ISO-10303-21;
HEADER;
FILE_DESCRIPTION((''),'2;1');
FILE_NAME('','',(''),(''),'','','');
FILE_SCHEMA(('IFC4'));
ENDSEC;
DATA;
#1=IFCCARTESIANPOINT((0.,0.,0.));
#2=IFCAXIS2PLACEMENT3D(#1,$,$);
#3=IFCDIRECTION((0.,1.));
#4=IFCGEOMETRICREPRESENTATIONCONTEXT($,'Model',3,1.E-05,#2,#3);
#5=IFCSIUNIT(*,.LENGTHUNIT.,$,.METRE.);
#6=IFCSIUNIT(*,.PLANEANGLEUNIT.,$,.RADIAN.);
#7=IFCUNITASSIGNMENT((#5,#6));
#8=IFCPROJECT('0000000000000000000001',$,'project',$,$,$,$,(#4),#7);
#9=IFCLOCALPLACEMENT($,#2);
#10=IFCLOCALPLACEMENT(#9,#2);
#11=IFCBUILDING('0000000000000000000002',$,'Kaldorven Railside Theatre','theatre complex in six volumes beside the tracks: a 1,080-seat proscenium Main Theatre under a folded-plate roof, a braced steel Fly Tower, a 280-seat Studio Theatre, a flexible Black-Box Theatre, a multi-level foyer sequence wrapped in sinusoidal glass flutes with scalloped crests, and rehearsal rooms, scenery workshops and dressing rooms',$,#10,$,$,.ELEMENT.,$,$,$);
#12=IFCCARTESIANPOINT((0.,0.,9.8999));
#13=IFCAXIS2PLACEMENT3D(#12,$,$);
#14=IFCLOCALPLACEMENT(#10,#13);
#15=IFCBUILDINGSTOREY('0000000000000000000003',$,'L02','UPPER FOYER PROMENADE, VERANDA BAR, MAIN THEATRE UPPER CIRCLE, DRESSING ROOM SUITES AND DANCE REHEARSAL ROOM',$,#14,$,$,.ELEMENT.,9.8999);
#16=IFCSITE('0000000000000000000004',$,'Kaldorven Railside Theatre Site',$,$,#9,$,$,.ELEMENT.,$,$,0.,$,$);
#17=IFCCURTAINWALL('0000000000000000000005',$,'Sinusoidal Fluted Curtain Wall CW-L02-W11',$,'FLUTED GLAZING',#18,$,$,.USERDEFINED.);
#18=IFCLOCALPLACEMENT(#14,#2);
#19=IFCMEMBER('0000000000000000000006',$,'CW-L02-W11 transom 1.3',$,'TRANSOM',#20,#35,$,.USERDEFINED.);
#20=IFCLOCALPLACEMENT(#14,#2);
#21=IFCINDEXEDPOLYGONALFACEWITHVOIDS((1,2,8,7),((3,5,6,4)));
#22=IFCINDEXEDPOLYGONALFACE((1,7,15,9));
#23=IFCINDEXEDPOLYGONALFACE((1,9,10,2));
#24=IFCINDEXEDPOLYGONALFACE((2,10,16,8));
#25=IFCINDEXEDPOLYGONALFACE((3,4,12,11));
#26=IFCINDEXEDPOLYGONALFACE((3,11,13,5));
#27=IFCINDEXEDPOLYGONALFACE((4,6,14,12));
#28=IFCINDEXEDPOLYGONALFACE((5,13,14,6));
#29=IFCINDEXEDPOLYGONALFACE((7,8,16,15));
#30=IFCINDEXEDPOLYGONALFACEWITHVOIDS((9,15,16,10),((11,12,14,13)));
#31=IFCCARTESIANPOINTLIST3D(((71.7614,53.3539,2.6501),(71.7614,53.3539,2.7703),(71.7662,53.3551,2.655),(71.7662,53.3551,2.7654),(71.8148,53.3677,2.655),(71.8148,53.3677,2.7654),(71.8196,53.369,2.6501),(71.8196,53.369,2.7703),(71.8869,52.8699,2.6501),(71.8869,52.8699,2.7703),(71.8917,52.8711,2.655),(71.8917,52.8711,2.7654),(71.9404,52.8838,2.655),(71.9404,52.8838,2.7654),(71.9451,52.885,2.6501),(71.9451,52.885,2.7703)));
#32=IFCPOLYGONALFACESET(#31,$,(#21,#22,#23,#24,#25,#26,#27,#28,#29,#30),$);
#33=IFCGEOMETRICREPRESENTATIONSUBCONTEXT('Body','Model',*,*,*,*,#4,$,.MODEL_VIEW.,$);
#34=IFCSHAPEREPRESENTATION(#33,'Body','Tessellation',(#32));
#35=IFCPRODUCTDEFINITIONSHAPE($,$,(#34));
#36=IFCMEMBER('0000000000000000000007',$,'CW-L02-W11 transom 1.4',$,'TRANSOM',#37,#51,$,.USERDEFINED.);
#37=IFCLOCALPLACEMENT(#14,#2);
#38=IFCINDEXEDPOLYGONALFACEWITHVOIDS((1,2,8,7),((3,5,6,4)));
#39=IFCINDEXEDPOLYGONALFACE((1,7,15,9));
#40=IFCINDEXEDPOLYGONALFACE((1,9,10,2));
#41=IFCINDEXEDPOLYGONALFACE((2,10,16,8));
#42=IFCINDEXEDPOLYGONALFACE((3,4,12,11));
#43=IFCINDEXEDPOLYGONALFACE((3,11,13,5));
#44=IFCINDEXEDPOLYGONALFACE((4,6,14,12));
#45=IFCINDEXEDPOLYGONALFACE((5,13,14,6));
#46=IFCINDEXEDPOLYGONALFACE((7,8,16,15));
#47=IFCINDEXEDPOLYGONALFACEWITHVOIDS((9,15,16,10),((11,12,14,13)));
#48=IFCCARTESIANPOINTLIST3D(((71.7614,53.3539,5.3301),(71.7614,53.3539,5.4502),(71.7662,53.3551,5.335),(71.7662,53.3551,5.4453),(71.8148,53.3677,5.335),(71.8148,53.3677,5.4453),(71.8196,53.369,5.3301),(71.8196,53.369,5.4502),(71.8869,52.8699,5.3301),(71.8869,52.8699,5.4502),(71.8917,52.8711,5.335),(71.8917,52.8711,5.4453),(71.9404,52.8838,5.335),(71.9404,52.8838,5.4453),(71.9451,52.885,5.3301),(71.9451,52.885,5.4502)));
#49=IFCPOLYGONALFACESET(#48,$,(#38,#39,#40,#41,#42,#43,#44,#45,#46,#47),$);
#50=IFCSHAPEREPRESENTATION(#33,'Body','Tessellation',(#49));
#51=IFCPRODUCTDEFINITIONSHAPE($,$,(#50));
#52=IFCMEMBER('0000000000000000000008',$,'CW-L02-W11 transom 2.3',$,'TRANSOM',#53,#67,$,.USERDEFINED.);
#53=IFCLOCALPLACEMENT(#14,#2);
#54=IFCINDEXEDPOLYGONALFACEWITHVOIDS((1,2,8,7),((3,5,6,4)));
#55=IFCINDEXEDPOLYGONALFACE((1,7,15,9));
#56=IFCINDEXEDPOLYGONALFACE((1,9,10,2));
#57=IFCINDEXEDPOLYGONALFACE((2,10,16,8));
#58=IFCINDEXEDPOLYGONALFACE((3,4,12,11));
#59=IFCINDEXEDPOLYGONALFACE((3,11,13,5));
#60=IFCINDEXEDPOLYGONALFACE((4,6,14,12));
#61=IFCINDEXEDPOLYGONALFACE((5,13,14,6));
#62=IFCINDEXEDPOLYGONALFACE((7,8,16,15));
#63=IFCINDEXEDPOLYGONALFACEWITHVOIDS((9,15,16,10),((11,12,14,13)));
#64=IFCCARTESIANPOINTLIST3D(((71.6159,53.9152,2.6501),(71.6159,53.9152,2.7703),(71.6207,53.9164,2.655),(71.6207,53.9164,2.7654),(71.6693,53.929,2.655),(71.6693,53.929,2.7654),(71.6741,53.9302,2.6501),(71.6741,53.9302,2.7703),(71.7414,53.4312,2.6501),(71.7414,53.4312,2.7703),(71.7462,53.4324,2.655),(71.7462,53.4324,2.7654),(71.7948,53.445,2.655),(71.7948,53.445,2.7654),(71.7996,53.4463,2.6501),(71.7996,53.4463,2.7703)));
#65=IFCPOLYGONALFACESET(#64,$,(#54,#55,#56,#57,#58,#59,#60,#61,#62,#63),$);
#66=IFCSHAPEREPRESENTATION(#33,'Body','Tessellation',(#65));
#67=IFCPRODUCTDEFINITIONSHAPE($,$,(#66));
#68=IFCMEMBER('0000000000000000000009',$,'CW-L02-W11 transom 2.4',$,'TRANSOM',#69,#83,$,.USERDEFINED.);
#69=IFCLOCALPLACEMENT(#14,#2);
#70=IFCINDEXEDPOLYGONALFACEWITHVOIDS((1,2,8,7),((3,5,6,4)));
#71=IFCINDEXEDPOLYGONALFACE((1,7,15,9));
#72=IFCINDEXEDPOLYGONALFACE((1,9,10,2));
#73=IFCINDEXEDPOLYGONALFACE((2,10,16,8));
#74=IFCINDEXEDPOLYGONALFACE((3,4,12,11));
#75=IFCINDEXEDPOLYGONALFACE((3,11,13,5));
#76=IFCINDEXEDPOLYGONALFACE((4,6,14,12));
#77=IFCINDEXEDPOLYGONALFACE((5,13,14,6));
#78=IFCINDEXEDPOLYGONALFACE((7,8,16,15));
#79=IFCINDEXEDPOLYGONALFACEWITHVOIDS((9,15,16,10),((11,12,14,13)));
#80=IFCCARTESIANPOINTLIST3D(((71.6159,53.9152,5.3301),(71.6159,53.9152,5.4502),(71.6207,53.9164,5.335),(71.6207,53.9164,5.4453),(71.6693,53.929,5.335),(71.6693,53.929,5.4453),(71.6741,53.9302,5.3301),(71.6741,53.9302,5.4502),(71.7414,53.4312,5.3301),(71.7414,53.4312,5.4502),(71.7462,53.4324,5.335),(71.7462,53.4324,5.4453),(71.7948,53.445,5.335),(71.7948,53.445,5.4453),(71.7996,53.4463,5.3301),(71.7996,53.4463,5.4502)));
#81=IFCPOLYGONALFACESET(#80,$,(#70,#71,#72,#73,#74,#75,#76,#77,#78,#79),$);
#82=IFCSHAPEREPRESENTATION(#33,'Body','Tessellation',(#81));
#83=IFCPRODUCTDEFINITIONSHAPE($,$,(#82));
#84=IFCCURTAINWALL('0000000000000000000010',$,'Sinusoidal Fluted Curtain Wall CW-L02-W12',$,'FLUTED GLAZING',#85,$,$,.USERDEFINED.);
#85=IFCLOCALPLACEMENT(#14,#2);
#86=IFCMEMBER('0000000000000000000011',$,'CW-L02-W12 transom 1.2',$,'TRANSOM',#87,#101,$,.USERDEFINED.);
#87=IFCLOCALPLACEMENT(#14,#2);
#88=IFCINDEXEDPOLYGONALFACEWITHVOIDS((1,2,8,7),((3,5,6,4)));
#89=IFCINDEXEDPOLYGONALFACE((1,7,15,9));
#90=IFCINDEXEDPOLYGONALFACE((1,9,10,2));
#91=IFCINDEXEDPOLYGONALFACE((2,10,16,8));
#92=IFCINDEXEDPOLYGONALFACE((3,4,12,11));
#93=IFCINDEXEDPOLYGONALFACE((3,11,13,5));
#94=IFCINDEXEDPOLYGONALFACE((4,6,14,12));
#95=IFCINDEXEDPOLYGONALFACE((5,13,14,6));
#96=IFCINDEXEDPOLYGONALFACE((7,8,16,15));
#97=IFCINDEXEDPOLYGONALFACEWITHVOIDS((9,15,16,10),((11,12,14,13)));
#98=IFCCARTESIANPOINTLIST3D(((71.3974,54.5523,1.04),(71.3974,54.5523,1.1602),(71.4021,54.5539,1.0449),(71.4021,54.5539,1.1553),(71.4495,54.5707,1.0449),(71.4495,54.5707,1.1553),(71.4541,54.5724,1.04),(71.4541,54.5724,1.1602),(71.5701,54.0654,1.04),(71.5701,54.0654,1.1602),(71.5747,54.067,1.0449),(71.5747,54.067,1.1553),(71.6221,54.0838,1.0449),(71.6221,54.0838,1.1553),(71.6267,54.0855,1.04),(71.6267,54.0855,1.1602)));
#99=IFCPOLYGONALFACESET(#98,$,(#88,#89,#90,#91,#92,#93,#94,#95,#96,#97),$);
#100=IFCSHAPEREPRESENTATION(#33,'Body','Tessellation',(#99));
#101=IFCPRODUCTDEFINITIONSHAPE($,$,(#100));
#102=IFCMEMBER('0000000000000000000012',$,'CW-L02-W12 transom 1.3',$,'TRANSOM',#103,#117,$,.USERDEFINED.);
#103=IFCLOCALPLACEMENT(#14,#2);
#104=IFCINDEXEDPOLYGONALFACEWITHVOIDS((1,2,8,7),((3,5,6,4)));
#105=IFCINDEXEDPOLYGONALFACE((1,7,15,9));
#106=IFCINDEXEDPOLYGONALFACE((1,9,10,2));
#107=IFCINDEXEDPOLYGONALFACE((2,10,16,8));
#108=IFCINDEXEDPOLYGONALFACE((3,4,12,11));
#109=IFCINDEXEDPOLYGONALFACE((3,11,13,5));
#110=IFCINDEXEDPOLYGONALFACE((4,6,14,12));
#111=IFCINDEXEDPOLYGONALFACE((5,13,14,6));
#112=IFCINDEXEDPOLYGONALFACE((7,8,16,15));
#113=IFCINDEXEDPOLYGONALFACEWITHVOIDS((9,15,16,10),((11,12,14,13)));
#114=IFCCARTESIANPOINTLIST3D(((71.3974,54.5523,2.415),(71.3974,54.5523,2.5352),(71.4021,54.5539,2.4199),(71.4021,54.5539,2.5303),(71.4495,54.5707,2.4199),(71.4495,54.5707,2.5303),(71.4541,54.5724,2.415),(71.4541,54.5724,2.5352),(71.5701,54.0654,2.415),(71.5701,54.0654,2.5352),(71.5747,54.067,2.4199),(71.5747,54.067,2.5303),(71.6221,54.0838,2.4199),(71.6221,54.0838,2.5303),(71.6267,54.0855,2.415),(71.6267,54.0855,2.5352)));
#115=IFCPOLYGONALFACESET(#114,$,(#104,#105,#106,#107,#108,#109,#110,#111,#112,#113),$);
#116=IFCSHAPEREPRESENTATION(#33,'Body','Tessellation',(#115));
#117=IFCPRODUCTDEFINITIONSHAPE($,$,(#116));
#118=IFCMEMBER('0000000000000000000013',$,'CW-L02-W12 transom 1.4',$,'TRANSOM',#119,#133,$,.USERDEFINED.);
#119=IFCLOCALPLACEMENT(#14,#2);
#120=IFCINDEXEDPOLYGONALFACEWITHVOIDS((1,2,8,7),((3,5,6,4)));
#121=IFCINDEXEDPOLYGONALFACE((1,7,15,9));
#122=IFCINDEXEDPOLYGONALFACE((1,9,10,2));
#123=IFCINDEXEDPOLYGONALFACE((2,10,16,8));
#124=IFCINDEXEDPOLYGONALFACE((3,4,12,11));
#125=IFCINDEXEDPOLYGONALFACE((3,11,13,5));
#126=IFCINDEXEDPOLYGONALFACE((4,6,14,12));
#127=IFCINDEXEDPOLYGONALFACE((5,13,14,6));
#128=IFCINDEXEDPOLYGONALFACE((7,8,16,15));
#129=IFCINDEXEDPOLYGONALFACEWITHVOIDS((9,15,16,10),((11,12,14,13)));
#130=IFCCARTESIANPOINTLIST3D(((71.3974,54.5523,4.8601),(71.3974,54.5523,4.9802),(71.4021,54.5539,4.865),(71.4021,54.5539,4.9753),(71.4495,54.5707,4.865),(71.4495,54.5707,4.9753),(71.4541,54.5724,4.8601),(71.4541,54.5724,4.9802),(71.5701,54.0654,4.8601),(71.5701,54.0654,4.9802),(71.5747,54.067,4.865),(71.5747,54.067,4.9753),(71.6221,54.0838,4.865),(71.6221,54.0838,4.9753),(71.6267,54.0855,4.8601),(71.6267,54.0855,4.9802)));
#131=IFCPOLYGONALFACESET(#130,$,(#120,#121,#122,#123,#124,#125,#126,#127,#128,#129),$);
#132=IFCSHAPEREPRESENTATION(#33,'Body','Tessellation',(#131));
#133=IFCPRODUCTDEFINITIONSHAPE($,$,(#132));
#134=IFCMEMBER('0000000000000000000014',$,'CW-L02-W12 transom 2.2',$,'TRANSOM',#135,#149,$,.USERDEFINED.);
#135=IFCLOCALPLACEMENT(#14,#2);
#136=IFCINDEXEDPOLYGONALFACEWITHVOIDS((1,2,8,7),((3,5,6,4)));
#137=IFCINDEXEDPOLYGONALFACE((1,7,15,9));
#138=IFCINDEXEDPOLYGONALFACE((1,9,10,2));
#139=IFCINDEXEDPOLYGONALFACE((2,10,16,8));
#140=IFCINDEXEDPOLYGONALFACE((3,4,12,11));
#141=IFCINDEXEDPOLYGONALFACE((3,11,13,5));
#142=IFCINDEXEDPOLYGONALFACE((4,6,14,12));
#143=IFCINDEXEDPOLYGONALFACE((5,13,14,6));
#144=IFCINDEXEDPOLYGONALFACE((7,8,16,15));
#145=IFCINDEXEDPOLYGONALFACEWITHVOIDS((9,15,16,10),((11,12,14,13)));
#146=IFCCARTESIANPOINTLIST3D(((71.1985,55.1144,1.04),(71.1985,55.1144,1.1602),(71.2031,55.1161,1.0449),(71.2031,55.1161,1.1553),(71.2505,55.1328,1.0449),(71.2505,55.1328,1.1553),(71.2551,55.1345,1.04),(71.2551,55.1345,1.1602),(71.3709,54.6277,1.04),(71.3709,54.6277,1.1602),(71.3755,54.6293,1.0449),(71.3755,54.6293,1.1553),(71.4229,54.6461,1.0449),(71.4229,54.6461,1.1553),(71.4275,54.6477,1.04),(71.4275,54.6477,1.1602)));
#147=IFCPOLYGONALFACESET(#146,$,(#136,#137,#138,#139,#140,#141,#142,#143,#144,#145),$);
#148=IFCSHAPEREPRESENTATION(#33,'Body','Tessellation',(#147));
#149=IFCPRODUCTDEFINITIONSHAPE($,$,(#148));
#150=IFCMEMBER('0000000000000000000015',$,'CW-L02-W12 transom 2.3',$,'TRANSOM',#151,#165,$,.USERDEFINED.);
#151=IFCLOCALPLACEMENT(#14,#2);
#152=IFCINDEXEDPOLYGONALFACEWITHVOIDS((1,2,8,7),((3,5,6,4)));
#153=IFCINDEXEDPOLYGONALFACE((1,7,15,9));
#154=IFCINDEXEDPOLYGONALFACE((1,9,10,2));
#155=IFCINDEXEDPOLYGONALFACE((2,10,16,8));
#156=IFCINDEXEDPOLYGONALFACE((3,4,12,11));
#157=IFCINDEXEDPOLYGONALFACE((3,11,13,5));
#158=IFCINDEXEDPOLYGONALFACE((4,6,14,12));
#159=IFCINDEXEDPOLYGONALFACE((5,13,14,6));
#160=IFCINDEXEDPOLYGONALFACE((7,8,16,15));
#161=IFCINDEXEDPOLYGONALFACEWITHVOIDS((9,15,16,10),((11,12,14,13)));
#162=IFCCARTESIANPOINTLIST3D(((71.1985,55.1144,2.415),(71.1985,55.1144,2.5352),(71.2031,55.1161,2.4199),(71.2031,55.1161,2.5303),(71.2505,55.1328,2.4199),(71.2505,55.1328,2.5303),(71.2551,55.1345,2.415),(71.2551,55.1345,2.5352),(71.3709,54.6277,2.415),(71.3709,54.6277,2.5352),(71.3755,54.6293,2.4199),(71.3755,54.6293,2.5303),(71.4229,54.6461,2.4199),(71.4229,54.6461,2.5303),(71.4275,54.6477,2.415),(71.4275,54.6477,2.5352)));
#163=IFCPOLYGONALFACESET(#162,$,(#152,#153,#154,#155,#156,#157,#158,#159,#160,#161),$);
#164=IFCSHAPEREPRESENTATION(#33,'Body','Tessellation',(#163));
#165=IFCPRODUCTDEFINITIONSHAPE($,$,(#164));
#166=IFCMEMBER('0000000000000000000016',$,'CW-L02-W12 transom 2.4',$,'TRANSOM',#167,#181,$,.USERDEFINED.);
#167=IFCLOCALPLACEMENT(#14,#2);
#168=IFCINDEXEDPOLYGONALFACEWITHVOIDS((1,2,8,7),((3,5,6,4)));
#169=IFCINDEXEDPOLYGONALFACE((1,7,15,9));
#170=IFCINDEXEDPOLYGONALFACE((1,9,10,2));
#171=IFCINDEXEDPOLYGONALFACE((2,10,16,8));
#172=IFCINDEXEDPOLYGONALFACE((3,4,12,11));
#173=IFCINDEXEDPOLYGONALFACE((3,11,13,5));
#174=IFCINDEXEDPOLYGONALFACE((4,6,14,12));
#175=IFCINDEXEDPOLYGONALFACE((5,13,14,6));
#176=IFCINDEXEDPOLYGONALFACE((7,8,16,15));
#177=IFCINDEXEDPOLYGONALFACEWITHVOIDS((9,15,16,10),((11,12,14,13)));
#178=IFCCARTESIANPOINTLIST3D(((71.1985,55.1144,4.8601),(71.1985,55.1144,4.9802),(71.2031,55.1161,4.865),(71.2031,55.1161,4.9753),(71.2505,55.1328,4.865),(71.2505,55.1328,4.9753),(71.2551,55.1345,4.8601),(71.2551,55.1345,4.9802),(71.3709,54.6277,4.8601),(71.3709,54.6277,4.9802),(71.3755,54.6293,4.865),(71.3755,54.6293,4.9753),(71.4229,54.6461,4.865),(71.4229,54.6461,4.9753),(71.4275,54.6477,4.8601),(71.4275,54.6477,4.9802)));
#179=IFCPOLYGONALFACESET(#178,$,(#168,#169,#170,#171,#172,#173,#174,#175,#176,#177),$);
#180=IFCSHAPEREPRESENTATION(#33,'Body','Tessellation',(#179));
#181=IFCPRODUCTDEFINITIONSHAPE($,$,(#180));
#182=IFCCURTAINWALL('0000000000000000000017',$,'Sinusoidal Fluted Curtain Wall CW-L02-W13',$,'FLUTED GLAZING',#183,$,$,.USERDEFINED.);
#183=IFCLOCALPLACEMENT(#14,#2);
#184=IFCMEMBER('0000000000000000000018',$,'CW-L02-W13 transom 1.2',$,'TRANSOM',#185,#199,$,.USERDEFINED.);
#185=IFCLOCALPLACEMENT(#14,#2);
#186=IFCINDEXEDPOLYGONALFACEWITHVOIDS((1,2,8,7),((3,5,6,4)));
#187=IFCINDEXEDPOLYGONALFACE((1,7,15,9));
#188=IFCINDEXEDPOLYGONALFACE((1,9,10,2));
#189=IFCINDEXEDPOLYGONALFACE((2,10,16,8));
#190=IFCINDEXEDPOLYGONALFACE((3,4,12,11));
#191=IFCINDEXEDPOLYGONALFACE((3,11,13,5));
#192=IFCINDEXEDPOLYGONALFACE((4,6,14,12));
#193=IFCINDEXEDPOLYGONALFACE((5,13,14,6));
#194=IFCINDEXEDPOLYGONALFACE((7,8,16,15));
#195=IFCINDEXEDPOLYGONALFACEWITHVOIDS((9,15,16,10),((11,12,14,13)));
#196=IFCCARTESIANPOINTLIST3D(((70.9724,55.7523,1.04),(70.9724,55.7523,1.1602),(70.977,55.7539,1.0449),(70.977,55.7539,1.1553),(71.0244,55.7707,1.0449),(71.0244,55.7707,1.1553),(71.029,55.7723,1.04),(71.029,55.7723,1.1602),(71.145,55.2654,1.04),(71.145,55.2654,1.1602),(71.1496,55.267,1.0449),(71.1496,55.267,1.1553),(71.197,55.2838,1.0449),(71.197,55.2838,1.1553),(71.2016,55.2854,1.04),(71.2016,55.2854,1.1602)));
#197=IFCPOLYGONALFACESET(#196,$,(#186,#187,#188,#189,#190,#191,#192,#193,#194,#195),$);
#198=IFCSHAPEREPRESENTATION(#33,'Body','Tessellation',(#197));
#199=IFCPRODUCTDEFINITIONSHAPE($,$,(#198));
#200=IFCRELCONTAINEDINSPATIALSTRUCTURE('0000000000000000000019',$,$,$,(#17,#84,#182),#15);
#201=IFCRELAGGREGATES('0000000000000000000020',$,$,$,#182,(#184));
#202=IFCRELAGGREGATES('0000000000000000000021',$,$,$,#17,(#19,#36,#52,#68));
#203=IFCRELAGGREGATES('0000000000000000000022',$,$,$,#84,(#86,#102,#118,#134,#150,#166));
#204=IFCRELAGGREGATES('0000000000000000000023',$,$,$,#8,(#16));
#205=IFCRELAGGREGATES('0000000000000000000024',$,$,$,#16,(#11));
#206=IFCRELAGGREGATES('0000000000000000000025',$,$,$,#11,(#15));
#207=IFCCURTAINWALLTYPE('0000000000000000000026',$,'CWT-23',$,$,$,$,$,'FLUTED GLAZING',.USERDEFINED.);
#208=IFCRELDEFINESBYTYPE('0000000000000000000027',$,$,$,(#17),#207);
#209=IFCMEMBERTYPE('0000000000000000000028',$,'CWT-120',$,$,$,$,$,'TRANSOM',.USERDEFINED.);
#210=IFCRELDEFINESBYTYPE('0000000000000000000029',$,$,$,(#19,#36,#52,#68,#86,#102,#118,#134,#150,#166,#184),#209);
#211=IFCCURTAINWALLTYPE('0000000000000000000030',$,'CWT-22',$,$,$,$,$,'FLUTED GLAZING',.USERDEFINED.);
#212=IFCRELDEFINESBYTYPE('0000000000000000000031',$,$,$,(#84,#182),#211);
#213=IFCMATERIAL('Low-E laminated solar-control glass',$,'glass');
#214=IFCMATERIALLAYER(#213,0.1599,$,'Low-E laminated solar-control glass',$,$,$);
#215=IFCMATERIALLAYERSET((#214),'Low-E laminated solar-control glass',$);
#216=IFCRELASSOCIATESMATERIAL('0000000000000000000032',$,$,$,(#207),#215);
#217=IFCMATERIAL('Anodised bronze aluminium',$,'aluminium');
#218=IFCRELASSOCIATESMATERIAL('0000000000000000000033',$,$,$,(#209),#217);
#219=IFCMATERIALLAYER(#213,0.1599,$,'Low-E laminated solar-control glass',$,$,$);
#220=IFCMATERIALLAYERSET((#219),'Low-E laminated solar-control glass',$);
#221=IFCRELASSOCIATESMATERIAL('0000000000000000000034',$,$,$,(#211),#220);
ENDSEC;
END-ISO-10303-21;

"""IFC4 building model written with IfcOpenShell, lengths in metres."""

from ifc_helpers import new_model, si_unit, direction, frame, origin, origin_2d, place, context, subcontext, project, spatial, hollow_rectangle, extrude, material, layer, layer_set, material_profile, profile_set, type_object, element, aggregate, save


model = new_model("IFC4")

# Units and contexts
model_context = context("Model", 3, precision=1e-05, world=origin(), true_north=direction((0.0, 1.0)))
body_context = subcontext(model_context, "Body", "Model", "MODEL_VIEW")
ifc_project = project(units=[si_unit("LENGTHUNIT", "METRE"), si_unit("PLANEANGLEUNIT", "RADIAN")], contexts=[model_context])

# Site, building, storey
site_placement = place(None, origin())
site = spatial("IfcSite", under=ifc_project, at=site_placement, Name="Kaldorven Railside Theatre Site", CompositionType="ELEMENT", RefElevation=0.0)
building_placement = place(site_placement, origin())
building = spatial("IfcBuilding", under=site, at=building_placement, Name="Kaldorven Railside Theatre", Description="theatre complex in six volumes beside the tracks: a 1,080-seat proscenium Main Theatre under a folded-plate roof, a braced steel Fly Tower, a 280-seat Studio Theatre, a flexible Black-Box Theatre, a multi-level foyer sequence wrapped in sinusoidal glass flutes with scalloped crests, and rehearsal rooms, scenery workshops and dressing rooms", CompositionType="ELEMENT")
storey_placement = place(building_placement, frame((0.0, 0.0, 9.8999)))
storey = spatial("IfcBuildingStorey", under=building, at=storey_placement, Name="L02", Description="UPPER FOYER PROMENADE, VERANDA BAR, MAIN THEATRE UPPER CIRCLE, DRESSING ROOM SUITES AND DANCE REHEARSAL ROOM", CompositionType="ELEMENT", Elevation=9.8999)

# Curtain walls, members
ifc_material_1 = material(Name="Low-E laminated solar-control glass", Category="glass")
ifc_layer_1 = layer(ifc_material_1, 0.1599, Name="Low-E laminated solar-control glass")
ifc_layer_set_1 = layer_set([ifc_layer_1], Name="Low-E laminated solar-control glass")
curtain_wall_type_1 = type_object("IfcCurtainWallType", Name="CWT-23", ElementType="FLUTED GLAZING", PredefinedType="USERDEFINED", material=ifc_layer_set_1)
curtain_wall_1_placement = place(storey_placement, origin())
curtain_wall_1 = element("IfcCurtainWall", 1, at=curtain_wall_1_placement, inside=storey, type_object=curtain_wall_type_1, Name="Sinusoidal Fluted Curtain Wall CW-L02-W11", ObjectType="FLUTED GLAZING", PredefinedType="USERDEFINED")
ifc_material_2 = material(Name="Anodised bronze aluminium", Category="aluminium")
ifc_material_profile = material_profile(ifc_material_2, hollow_rectangle(XDim=0.0601, YDim=0.1201, WallThickness=0.0049, at=origin_2d()), Name="RHS 120x60x5")
ifc_profile_set = profile_set([ifc_material_profile], Name="Anodised bronze aluminium")
member_type = type_object("IfcMemberType", Name="CWT-120", ElementType="TRANSOM", PredefinedType="USERDEFINED", material=ifc_profile_set)
member_1_placement = place(storey_placement, frame((71.916, 52.8774, 2.7102), z_axis=(-0.25103, 0.967979, 0.0), x_axis=(-0.967979, -0.25103, 0.0)))
member_1 = element("IfcMember", 2, at=member_1_placement, type_object=member_type, Name="CW-L02-W11 transom 1.3", ObjectType="TRANSOM", PredefinedType="USERDEFINED", context=body_context, shape_type="SweptSolid", body=[
    extrude(hollow_rectangle(XDim=0.0601, YDim=0.1201, WallThickness=0.0049, at=origin_2d()), origin(), (0.0, 0.0, 1.0), 0.5),
])
member_2_placement = place(storey_placement, frame((71.916, 52.8774, 5.3901), z_axis=(-0.25103, 0.967979, 0.0), x_axis=(-0.967979, -0.25103, 0.0)))
member_2 = element("IfcMember", 3, at=member_2_placement, type_object=member_type, Name="CW-L02-W11 transom 1.4", ObjectType="TRANSOM", PredefinedType="USERDEFINED", context=body_context, shape_type="SweptSolid", body=[
    extrude(hollow_rectangle(XDim=0.0601, YDim=0.1201, WallThickness=0.0049, at=origin_2d()), origin(), (0.0, 0.0, 1.0), 0.5),
])
member_3_placement = place(storey_placement, frame((71.7705, 53.4387, 2.7102), z_axis=(-0.25103, 0.967979, 0.0), x_axis=(-0.967979, -0.25103, 0.0)))
member_3 = element("IfcMember", 4, at=member_3_placement, type_object=member_type, Name="CW-L02-W11 transom 2.3", ObjectType="TRANSOM", PredefinedType="USERDEFINED", context=body_context, shape_type="SweptSolid", body=[
    extrude(hollow_rectangle(XDim=0.0601, YDim=0.1201, WallThickness=0.0049, at=origin_2d()), origin(), (0.0, 0.0, 1.0), 0.5),
])
member_4_placement = place(storey_placement, frame((71.7705, 53.4387, 5.3901), z_axis=(-0.25103, 0.967979, 0.0), x_axis=(-0.967979, -0.25103, 0.0)))
member_4 = element("IfcMember", 5, at=member_4_placement, type_object=member_type, Name="CW-L02-W11 transom 2.4", ObjectType="TRANSOM", PredefinedType="USERDEFINED", context=body_context, shape_type="SweptSolid", body=[
    extrude(hollow_rectangle(XDim=0.0601, YDim=0.1201, WallThickness=0.0049, at=origin_2d()), origin(), (0.0, 0.0, 1.0), 0.5),
])
ifc_layer_2 = layer(ifc_material_1, 0.1599, Name="Low-E laminated solar-control glass")
ifc_layer_set_2 = layer_set([ifc_layer_2], Name="Low-E laminated solar-control glass")
curtain_wall_type_2 = type_object("IfcCurtainWallType", Name="CWT-22", ElementType="FLUTED GLAZING", PredefinedType="USERDEFINED", material=ifc_layer_set_2)
curtain_wall_2_placement = place(storey_placement, origin())
curtain_wall_2 = element("IfcCurtainWall", 6, at=curtain_wall_2_placement, inside=storey, type_object=curtain_wall_type_2, Name="Sinusoidal Fluted Curtain Wall CW-L02-W12", ObjectType="FLUTED GLAZING", PredefinedType="USERDEFINED")
member_5_placement = place(storey_placement, frame((71.5984, 54.0754, 1.1001), z_axis=(-0.33418, 0.942509, 0.0), x_axis=(-0.942509, -0.33418, 0.0)))
member_5 = element("IfcMember", 7, at=member_5_placement, type_object=member_type, Name="CW-L02-W12 transom 1.2", ObjectType="TRANSOM", PredefinedType="USERDEFINED", context=body_context, shape_type="SweptSolid", body=[
    extrude(hollow_rectangle(XDim=0.0601, YDim=0.1201, WallThickness=0.0049, at=origin_2d()), origin(), (0.0, 0.0, 1.0), 0.5166),
])
member_6_placement = place(storey_placement, frame((71.5984, 54.0754, 2.4751), z_axis=(-0.33418, 0.942509, 0.0), x_axis=(-0.942509, -0.33418, 0.0)))
member_6 = element("IfcMember", 8, at=member_6_placement, type_object=member_type, Name="CW-L02-W12 transom 1.3", ObjectType="TRANSOM", PredefinedType="USERDEFINED", context=body_context, shape_type="SweptSolid", body=[
    extrude(hollow_rectangle(XDim=0.0601, YDim=0.1201, WallThickness=0.0049, at=origin_2d()), origin(), (0.0, 0.0, 1.0), 0.5166),
])
member_7_placement = place(storey_placement, frame((71.5984, 54.0754, 4.9202), z_axis=(-0.33418, 0.942509, 0.0), x_axis=(-0.942509, -0.33418, 0.0)))
member_7 = element("IfcMember", 9, at=member_7_placement, type_object=member_type, Name="CW-L02-W12 transom 1.4", ObjectType="TRANSOM", PredefinedType="USERDEFINED", context=body_context, shape_type="SweptSolid", body=[
    extrude(hollow_rectangle(XDim=0.0601, YDim=0.1201, WallThickness=0.0049, at=origin_2d()), origin(), (0.0, 0.0, 1.0), 0.5166),
])
member_8_placement = place(storey_placement, frame((71.3992, 54.6377, 1.1001), z_axis=(-0.33376, 0.942658, 0.0), x_axis=(-0.942658, -0.33376, 0.0)))
member_8 = element("IfcMember", 10, at=member_8_placement, type_object=member_type, Name="CW-L02-W12 transom 2.2", ObjectType="TRANSOM", PredefinedType="USERDEFINED", context=body_context, shape_type="SweptSolid", body=[
    extrude(hollow_rectangle(XDim=0.0601, YDim=0.1201, WallThickness=0.0049, at=origin_2d()), origin(), (0.0, 0.0, 1.0), 0.5164),
])
member_9_placement = place(storey_placement, frame((71.3992, 54.6377, 2.4751), z_axis=(-0.33376, 0.942658, 0.0), x_axis=(-0.942658, -0.33376, 0.0)))
member_9 = element("IfcMember", 11, at=member_9_placement, type_object=member_type, Name="CW-L02-W12 transom 2.3", ObjectType="TRANSOM", PredefinedType="USERDEFINED", context=body_context, shape_type="SweptSolid", body=[
    extrude(hollow_rectangle(XDim=0.0601, YDim=0.1201, WallThickness=0.0049, at=origin_2d()), origin(), (0.0, 0.0, 1.0), 0.5164),
])
member_10_placement = place(storey_placement, frame((71.3992, 54.6377, 4.9202), z_axis=(-0.33376, 0.942658, 0.0), x_axis=(-0.942658, -0.33376, 0.0)))
member_10 = element("IfcMember", 12, at=member_10_placement, type_object=member_type, Name="CW-L02-W12 transom 2.4", ObjectType="TRANSOM", PredefinedType="USERDEFINED", context=body_context, shape_type="SweptSolid", body=[
    extrude(hollow_rectangle(XDim=0.0601, YDim=0.1201, WallThickness=0.0049, at=origin_2d()), origin(), (0.0, 0.0, 1.0), 0.5164),
])
curtain_wall_3_placement = place(storey_placement, origin())
curtain_wall_3 = element("IfcCurtainWall", 13, at=curtain_wall_3_placement, inside=storey, type_object=curtain_wall_type_2, Name="Sinusoidal Fluted Curtain Wall CW-L02-W13", ObjectType="FLUTED GLAZING", PredefinedType="USERDEFINED")
member_11_placement = place(storey_placement, frame((71.1733, 55.2754, 1.1001), z_axis=(-0.33418, 0.942509, 0.0), x_axis=(-0.942509, -0.33418, 0.0)))
member_11 = element("IfcMember", 14, at=member_11_placement, type_object=member_type, Name="CW-L02-W13 transom 1.2", ObjectType="TRANSOM", PredefinedType="USERDEFINED", context=body_context, shape_type="SweptSolid", body=[
    extrude(hollow_rectangle(XDim=0.0601, YDim=0.1201, WallThickness=0.0049, at=origin_2d()), origin(), (0.0, 0.0, 1.0), 0.5166),
])
aggregate(curtain_wall_3, [member_11])

aggregate(curtain_wall_1, [member_1, member_2, member_3, member_4])
aggregate(curtain_wall_2, [member_5, member_6, member_7, member_8, member_9, member_10])

save(model, "model.ifc")
